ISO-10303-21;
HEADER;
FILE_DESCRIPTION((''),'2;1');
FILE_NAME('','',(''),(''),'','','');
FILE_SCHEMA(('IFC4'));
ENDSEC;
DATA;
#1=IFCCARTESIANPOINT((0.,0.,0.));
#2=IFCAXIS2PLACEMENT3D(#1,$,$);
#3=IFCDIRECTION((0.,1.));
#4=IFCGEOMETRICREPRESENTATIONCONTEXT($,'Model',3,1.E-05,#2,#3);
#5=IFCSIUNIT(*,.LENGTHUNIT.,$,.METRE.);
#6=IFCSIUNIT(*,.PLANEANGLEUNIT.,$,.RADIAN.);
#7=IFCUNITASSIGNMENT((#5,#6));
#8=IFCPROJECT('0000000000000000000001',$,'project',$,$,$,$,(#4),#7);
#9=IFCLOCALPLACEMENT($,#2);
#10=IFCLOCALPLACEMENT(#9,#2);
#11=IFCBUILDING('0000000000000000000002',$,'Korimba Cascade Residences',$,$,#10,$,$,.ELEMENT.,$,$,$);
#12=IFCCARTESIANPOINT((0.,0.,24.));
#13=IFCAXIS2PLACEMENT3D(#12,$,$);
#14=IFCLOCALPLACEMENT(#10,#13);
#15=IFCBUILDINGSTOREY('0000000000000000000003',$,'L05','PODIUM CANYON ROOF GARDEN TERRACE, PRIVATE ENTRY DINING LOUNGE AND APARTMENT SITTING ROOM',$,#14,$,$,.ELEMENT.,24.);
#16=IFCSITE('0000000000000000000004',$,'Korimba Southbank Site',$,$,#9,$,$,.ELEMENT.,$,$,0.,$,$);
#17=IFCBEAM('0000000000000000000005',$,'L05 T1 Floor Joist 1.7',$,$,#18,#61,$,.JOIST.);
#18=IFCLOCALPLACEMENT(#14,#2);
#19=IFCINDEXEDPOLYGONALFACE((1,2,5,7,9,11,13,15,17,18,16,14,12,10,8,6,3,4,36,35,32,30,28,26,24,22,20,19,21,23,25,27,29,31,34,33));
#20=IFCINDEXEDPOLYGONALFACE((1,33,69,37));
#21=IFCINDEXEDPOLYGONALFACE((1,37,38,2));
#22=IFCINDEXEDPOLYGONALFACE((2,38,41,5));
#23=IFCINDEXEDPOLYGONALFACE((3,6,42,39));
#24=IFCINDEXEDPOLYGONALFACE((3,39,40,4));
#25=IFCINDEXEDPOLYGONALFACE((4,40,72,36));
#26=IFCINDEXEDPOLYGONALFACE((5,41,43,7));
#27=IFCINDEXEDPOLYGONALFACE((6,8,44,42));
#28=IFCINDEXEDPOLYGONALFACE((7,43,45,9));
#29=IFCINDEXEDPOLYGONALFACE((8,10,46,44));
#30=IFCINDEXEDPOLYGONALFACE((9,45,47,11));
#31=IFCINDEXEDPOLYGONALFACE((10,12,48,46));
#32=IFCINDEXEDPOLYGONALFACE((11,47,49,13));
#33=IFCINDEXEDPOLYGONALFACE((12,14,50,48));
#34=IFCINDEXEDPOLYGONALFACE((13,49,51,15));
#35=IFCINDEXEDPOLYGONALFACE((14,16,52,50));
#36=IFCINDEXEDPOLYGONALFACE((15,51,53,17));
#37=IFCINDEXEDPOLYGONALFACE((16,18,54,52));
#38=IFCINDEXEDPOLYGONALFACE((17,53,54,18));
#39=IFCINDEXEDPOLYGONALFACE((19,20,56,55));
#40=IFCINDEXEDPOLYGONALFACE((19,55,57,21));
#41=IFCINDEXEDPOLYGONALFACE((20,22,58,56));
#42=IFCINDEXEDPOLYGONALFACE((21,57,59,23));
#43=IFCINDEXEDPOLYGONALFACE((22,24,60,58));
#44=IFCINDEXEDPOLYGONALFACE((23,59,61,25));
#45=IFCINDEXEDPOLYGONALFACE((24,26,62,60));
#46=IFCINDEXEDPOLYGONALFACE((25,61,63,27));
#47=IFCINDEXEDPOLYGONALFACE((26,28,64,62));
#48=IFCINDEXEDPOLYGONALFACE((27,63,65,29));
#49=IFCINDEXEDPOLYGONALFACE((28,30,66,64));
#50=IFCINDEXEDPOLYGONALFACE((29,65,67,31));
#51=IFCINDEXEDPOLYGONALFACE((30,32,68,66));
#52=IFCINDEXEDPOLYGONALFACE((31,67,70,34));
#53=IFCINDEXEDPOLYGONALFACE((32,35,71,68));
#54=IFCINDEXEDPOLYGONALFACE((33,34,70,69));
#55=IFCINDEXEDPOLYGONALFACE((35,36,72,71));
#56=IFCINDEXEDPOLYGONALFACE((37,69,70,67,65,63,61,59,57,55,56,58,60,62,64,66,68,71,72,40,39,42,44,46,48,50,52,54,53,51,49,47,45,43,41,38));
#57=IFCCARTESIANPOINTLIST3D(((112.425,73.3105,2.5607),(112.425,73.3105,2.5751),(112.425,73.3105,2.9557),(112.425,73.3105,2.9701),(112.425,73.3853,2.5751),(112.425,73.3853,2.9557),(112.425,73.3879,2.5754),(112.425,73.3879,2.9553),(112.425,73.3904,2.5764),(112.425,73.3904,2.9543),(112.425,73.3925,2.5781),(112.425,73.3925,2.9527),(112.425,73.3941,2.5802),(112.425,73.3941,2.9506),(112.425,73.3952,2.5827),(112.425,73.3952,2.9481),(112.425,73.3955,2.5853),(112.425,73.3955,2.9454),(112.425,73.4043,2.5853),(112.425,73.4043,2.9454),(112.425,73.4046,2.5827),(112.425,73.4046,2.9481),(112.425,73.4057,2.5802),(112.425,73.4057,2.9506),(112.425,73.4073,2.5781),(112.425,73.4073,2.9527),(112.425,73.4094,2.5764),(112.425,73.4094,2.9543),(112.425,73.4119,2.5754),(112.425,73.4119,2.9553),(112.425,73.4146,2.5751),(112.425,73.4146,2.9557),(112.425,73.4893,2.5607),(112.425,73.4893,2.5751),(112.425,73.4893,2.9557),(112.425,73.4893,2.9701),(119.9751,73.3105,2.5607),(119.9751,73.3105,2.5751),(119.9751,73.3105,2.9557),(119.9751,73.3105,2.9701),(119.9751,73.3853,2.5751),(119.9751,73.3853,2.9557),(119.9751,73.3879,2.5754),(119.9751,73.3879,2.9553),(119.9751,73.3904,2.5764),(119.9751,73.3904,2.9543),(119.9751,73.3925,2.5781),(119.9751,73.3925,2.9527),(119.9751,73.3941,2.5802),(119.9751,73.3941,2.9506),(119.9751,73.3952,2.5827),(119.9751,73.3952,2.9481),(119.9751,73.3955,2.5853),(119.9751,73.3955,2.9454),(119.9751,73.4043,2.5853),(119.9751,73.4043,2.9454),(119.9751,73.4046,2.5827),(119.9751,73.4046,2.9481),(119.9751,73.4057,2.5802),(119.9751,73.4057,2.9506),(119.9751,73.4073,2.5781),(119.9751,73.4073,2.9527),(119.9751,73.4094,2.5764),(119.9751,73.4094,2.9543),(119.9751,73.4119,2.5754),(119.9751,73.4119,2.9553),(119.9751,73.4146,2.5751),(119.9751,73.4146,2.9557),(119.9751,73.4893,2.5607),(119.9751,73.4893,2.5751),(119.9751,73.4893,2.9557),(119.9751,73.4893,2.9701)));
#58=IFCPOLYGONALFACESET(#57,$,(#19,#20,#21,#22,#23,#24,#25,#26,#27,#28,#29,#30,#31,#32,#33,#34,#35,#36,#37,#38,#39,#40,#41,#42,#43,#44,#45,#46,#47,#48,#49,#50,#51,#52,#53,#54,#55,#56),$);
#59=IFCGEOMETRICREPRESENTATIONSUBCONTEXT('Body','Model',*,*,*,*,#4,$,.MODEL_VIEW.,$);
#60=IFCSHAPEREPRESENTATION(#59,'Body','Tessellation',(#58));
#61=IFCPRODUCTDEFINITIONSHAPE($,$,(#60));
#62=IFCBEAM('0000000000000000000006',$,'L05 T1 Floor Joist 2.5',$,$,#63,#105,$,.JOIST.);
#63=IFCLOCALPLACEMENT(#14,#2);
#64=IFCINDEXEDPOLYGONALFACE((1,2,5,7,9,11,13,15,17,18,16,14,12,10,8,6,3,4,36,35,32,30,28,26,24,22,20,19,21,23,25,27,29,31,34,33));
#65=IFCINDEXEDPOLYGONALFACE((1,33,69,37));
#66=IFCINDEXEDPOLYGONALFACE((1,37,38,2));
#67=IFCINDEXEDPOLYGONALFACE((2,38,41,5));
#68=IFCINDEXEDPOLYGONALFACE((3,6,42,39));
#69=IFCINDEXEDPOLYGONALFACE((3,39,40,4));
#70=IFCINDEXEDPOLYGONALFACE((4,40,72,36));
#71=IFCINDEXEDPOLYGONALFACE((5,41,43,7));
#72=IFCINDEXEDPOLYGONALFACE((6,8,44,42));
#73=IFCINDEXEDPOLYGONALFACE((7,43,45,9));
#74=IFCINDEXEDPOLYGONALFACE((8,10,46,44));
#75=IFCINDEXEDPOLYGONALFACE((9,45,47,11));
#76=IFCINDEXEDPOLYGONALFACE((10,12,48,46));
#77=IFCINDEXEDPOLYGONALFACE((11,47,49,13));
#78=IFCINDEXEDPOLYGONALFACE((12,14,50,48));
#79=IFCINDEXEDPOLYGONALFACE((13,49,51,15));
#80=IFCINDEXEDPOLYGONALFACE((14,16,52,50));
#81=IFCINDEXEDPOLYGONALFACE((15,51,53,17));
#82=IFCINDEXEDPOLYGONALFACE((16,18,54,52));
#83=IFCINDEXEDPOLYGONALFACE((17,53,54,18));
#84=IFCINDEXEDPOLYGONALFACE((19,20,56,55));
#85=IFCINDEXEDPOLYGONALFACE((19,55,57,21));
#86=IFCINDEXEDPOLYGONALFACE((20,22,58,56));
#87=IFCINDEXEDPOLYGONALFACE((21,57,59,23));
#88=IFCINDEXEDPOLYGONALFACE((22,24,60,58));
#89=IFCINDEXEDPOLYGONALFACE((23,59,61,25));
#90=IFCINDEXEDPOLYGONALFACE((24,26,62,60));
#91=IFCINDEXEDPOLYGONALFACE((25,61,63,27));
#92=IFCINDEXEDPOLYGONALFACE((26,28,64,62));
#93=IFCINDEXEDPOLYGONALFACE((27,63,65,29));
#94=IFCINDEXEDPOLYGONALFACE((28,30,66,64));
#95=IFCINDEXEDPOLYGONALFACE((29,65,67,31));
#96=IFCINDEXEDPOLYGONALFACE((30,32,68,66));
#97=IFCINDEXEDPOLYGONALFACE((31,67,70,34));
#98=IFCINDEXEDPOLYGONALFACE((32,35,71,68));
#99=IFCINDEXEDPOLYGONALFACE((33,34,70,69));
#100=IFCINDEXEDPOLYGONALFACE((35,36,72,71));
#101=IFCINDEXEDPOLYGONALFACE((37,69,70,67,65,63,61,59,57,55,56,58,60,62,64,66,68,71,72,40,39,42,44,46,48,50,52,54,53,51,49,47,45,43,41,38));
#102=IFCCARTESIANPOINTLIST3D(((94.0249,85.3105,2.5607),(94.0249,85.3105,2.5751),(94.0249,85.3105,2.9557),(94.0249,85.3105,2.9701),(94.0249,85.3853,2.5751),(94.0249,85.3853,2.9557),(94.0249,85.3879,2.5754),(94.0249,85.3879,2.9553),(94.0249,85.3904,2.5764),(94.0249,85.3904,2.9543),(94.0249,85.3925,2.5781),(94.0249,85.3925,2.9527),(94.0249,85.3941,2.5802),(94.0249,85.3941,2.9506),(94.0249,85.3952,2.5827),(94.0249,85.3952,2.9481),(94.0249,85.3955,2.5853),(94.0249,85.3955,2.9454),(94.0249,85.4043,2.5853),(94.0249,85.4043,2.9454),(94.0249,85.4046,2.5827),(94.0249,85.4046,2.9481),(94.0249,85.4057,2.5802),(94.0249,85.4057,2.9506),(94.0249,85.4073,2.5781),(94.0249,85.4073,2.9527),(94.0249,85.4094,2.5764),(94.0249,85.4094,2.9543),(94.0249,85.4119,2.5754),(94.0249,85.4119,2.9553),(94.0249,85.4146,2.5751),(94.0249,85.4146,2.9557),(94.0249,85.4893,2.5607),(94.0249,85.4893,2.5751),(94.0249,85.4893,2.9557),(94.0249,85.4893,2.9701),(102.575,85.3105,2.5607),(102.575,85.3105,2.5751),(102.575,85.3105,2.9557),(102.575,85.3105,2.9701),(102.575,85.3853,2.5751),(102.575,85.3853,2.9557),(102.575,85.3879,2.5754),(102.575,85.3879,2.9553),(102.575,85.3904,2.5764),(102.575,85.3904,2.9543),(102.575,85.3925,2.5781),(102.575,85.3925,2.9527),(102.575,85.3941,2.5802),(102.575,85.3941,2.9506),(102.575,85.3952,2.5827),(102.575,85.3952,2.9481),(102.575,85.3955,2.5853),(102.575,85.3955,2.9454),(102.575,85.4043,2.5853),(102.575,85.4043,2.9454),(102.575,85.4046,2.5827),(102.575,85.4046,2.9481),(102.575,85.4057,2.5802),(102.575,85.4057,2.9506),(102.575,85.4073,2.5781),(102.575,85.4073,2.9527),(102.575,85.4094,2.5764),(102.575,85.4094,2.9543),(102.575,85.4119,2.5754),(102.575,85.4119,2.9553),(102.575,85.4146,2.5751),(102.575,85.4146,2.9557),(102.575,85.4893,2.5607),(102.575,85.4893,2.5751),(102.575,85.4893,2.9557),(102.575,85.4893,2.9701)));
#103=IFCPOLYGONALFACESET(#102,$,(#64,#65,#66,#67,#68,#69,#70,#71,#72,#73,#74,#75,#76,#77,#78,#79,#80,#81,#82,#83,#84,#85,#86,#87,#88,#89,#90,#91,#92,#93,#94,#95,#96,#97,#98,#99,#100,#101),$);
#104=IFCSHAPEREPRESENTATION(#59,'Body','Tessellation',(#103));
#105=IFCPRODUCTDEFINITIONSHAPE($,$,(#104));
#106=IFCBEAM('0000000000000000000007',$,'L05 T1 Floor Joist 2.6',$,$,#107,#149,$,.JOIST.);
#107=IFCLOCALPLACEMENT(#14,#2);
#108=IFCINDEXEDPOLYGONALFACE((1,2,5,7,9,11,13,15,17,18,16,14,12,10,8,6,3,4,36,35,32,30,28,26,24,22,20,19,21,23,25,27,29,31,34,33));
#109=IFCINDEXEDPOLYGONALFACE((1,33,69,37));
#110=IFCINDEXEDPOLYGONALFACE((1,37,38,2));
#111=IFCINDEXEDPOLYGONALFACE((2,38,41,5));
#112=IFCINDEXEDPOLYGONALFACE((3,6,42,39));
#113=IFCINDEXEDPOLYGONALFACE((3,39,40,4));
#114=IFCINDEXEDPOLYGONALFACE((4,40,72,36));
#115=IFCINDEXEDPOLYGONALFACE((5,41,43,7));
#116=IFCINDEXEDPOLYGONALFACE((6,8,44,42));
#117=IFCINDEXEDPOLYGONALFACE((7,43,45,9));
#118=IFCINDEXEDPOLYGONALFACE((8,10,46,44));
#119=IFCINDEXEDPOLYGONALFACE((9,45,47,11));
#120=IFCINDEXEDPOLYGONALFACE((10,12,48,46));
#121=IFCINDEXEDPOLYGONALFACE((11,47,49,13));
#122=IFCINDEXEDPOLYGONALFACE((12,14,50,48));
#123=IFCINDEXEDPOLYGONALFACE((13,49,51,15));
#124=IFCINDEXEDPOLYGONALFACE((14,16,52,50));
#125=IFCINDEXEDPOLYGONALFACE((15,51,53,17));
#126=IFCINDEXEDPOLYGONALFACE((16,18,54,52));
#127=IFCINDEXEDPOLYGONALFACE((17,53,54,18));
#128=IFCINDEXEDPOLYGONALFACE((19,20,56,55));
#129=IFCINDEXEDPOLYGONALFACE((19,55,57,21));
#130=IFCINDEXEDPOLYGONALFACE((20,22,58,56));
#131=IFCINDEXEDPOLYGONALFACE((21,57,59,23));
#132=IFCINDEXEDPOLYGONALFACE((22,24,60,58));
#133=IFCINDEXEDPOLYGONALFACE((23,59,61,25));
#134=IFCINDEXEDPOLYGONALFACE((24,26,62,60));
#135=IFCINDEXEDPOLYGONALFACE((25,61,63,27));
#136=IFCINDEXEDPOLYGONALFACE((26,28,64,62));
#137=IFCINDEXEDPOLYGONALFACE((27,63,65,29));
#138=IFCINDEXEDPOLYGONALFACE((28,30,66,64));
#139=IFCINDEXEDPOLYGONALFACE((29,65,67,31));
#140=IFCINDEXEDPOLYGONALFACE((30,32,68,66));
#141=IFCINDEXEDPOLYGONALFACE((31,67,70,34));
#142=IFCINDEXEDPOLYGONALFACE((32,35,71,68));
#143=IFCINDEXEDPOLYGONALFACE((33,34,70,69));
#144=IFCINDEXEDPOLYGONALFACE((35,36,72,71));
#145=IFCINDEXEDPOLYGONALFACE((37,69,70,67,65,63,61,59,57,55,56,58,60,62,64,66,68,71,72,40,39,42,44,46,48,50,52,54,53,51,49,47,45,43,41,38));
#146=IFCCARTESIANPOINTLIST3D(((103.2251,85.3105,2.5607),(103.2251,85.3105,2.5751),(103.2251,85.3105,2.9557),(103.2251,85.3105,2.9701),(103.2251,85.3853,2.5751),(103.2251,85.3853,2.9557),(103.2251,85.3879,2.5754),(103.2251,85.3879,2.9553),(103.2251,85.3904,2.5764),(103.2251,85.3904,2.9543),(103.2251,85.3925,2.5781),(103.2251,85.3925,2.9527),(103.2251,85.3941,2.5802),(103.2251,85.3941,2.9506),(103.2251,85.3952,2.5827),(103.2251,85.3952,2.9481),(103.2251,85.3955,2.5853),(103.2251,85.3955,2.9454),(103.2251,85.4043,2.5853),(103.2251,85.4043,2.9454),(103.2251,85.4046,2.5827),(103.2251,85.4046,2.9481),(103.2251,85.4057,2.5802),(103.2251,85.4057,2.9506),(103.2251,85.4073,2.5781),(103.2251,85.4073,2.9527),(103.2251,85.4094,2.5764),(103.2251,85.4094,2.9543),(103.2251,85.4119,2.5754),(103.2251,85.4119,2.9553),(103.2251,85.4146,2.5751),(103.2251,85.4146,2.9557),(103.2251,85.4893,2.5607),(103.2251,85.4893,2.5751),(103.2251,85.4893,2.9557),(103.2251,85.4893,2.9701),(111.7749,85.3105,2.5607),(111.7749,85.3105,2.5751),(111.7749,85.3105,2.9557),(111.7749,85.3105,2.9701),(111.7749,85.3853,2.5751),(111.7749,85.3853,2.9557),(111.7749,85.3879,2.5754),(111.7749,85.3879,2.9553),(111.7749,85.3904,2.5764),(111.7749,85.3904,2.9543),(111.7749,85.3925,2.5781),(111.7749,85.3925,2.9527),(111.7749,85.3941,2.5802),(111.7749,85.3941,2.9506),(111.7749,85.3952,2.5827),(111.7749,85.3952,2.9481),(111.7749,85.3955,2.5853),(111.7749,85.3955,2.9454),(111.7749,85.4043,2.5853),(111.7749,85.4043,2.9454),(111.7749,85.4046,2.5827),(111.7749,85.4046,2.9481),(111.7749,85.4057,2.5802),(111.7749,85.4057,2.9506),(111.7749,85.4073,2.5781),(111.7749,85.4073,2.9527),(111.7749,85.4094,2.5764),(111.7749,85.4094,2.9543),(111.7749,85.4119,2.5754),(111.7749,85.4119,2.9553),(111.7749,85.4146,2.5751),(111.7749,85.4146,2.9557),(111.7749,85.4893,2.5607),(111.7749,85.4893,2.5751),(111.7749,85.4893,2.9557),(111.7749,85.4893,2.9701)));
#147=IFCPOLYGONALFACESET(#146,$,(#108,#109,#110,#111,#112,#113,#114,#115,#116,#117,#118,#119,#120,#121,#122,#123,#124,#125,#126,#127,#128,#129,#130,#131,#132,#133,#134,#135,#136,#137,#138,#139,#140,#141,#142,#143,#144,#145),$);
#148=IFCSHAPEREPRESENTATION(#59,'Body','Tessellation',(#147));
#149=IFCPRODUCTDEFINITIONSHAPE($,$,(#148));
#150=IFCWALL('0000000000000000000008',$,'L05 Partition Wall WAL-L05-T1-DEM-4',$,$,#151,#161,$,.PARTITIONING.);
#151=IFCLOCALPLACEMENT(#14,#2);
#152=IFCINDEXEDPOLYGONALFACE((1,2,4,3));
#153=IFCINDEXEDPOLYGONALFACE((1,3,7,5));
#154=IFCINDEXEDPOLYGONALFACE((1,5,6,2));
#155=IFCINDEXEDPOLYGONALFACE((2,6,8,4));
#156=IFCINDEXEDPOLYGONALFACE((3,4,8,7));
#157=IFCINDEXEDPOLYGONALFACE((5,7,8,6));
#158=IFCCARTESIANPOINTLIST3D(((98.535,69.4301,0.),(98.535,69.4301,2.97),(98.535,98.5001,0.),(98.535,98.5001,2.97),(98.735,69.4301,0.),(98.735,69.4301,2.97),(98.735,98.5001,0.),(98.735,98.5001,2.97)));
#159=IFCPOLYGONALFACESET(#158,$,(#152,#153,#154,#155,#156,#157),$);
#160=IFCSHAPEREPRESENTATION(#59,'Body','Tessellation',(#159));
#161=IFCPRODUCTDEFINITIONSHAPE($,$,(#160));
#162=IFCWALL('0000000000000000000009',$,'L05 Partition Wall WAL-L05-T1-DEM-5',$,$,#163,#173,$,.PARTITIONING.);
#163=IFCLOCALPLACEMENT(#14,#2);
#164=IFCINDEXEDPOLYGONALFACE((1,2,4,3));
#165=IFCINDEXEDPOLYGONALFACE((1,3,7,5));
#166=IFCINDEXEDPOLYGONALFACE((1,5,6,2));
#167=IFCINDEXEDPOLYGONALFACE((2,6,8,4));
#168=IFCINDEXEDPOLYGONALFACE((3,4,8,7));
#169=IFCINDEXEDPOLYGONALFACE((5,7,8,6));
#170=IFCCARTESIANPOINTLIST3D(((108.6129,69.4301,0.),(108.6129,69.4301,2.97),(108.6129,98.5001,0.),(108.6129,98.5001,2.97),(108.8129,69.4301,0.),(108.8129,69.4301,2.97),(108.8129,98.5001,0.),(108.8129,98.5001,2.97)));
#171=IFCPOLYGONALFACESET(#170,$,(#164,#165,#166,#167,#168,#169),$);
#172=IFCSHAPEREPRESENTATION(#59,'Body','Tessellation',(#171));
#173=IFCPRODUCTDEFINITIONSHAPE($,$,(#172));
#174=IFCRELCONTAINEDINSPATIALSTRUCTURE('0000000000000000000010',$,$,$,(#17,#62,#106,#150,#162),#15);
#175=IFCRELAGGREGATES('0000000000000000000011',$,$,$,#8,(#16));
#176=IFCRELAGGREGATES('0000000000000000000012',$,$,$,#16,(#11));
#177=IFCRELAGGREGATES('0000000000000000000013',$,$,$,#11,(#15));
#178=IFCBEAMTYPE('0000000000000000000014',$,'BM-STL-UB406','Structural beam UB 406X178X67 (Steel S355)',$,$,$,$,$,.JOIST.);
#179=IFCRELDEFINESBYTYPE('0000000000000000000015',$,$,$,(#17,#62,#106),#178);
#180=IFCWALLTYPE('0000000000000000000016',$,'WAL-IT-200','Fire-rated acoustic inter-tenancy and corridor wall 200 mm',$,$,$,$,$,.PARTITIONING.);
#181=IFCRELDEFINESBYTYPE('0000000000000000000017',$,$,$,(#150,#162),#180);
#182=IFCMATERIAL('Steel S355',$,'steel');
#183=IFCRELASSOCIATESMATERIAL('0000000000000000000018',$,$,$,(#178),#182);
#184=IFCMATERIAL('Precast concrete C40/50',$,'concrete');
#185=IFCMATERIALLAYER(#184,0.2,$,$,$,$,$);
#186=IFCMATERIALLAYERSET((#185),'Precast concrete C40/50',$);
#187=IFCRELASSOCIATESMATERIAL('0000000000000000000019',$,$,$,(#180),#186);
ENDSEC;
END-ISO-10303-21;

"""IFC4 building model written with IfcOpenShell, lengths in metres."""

from ifc_helpers import new_model, si_unit, direction, frame, frame_2d, origin, origin_2d, place, context, subcontext, project, spatial, rectangle, i_section, extrude, material, layer, layer_set, material_profile, profile_set, type_object, element, save


model = new_model("IFC4")

# Units and contexts
model_context = context("Model", 3, precision=1e-05, world=origin(), true_north=direction((0.0, 1.0)))
body_context = subcontext(model_context, "Body", "Model", "MODEL_VIEW")
ifc_project = project(units=[si_unit("LENGTHUNIT", "METRE"), si_unit("PLANEANGLEUNIT", "RADIAN")], contexts=[model_context])

# Site, building, storey
site_placement = place(None, origin())
site = spatial("IfcSite", under=ifc_project, at=site_placement, Name="Korimba Southbank Site", CompositionType="ELEMENT", RefElevation=0.0)
building_placement = place(site_placement, origin())
building = spatial("IfcBuilding", under=site, at=building_placement, Name="Korimba Cascade Residences", CompositionType="ELEMENT")
storey_placement = place(building_placement, frame((0.0, 0.0, 24.0)))
storey = spatial("IfcBuildingStorey", under=building, at=storey_placement, Name="L05", Description="PODIUM CANYON ROOF GARDEN TERRACE, PRIVATE ENTRY DINING LOUNGE AND APARTMENT SITTING ROOM", CompositionType="ELEMENT", Elevation=24.0)

# Beams
ifc_material_1 = material(Name="Steel S355", Category="steel")
ifc_material_profile_1 = material_profile(ifc_material_1, i_section(OverallWidth=0.1787, OverallDepth=0.4094, WebThickness=0.0088, FlangeThickness=0.0144, FilletRadius=0.0103, at=origin_2d()), Name="Steel S355")
ifc_profile_set_1 = profile_set([ifc_material_profile_1], Name="Steel S355")
beam_type_1 = type_object("IfcBeamType", Name="BM-STL-UB406", Description="Structural beam UB 406X178X67 (Steel S355)", PredefinedType="JOIST", material=ifc_profile_set_1)
beam_1_placement = place(storey_placement, frame((112.425, 73.3999, 2.7654), z_axis=(1.0, 0.0, 0.0), x_axis=(0.0, 1.0, 0.0)))
element("IfcBeam", 1, at=beam_1_placement, inside=storey, type_object=beam_type_1, Name="L05 T1 Floor Joist 1.7", PredefinedType="JOIST", context=body_context, shape_type="SweptSolid", body=[
    extrude(i_section(OverallWidth=0.1787, OverallDepth=0.4094, WebThickness=0.0088, FlangeThickness=0.0144, FilletRadius=0.0103, at=origin_2d()), origin(), (0.0, 0.0, 1.0), 7.55),
])
beam_2_placement = place(storey_placement, frame((94.0249, 85.3999, 2.7654), z_axis=(1.0, 0.0, 0.0), x_axis=(0.0, 1.0, 0.0)))
element("IfcBeam", 2, at=beam_2_placement, inside=storey, type_object=beam_type_1, Name="L05 T1 Floor Joist 2.5", PredefinedType="JOIST", context=body_context, shape_type="SweptSolid", body=[
    extrude(i_section(OverallWidth=0.1787, OverallDepth=0.4094, WebThickness=0.0088, FlangeThickness=0.0144, FilletRadius=0.0103, at=origin_2d()), origin(), (0.0, 0.0, 1.0), 8.55),
])
beam_3_placement = place(storey_placement, frame((103.2251, 85.3999, 2.7654), z_axis=(1.0, 0.0, 0.0), x_axis=(0.0, 1.0, 0.0)))
element("IfcBeam", 3, at=beam_3_placement, inside=storey, type_object=beam_type_1, Name="L05 T1 Floor Joist 2.6", PredefinedType="JOIST", context=body_context, shape_type="SweptSolid", body=[
    extrude(i_section(OverallWidth=0.1787, OverallDepth=0.4094, WebThickness=0.0088, FlangeThickness=0.0144, FilletRadius=0.0103, at=origin_2d()), origin(), (0.0, 0.0, 1.0), 8.5498),
])

# Walls
ifc_material_2 = material(Name="Precast concrete C40/50", Category="concrete")
ifc_layer_1 = layer(ifc_material_2, 0.2)
ifc_layer_set_1 = layer_set([ifc_layer_1], Name="Precast concrete C40/50")
wall_type_1 = type_object("IfcWallType", Name="WAL-IT-200", Description="Fire-rated acoustic inter-tenancy and corridor wall 200 mm", PredefinedType="PARTITIONING", material=ifc_layer_set_1)
for number, where, z_axis, x_axis, name in (
    (4, (98.635, 69.4299, 0.0), (0.0, 0.0, 1.0), (0.0, 1.0, 0.0), "L05 Partition Wall WAL-L05-T1-DEM-4"),
    (5, (108.7129, 69.4299, 0.0), (0.0, 0.0, 1.0), (0.0, 1.0, 0.0), "L05 Partition Wall WAL-L05-T1-DEM-5"),
):
    element("IfcWall", number, at=place(storey_placement, frame(where, z_axis=z_axis, x_axis=x_axis)), inside=storey, type_object=wall_type_1, Name=name, PredefinedType="PARTITIONING", context=body_context, shape_type="SweptSolid", body=[
        extrude(rectangle(XDim=29.0701, YDim=0.2, at=frame_2d((14.5352, 0.0))), origin(), (0.0, 0.0, 1.0), 2.97),
    ])

save(model, "model.ifc")
